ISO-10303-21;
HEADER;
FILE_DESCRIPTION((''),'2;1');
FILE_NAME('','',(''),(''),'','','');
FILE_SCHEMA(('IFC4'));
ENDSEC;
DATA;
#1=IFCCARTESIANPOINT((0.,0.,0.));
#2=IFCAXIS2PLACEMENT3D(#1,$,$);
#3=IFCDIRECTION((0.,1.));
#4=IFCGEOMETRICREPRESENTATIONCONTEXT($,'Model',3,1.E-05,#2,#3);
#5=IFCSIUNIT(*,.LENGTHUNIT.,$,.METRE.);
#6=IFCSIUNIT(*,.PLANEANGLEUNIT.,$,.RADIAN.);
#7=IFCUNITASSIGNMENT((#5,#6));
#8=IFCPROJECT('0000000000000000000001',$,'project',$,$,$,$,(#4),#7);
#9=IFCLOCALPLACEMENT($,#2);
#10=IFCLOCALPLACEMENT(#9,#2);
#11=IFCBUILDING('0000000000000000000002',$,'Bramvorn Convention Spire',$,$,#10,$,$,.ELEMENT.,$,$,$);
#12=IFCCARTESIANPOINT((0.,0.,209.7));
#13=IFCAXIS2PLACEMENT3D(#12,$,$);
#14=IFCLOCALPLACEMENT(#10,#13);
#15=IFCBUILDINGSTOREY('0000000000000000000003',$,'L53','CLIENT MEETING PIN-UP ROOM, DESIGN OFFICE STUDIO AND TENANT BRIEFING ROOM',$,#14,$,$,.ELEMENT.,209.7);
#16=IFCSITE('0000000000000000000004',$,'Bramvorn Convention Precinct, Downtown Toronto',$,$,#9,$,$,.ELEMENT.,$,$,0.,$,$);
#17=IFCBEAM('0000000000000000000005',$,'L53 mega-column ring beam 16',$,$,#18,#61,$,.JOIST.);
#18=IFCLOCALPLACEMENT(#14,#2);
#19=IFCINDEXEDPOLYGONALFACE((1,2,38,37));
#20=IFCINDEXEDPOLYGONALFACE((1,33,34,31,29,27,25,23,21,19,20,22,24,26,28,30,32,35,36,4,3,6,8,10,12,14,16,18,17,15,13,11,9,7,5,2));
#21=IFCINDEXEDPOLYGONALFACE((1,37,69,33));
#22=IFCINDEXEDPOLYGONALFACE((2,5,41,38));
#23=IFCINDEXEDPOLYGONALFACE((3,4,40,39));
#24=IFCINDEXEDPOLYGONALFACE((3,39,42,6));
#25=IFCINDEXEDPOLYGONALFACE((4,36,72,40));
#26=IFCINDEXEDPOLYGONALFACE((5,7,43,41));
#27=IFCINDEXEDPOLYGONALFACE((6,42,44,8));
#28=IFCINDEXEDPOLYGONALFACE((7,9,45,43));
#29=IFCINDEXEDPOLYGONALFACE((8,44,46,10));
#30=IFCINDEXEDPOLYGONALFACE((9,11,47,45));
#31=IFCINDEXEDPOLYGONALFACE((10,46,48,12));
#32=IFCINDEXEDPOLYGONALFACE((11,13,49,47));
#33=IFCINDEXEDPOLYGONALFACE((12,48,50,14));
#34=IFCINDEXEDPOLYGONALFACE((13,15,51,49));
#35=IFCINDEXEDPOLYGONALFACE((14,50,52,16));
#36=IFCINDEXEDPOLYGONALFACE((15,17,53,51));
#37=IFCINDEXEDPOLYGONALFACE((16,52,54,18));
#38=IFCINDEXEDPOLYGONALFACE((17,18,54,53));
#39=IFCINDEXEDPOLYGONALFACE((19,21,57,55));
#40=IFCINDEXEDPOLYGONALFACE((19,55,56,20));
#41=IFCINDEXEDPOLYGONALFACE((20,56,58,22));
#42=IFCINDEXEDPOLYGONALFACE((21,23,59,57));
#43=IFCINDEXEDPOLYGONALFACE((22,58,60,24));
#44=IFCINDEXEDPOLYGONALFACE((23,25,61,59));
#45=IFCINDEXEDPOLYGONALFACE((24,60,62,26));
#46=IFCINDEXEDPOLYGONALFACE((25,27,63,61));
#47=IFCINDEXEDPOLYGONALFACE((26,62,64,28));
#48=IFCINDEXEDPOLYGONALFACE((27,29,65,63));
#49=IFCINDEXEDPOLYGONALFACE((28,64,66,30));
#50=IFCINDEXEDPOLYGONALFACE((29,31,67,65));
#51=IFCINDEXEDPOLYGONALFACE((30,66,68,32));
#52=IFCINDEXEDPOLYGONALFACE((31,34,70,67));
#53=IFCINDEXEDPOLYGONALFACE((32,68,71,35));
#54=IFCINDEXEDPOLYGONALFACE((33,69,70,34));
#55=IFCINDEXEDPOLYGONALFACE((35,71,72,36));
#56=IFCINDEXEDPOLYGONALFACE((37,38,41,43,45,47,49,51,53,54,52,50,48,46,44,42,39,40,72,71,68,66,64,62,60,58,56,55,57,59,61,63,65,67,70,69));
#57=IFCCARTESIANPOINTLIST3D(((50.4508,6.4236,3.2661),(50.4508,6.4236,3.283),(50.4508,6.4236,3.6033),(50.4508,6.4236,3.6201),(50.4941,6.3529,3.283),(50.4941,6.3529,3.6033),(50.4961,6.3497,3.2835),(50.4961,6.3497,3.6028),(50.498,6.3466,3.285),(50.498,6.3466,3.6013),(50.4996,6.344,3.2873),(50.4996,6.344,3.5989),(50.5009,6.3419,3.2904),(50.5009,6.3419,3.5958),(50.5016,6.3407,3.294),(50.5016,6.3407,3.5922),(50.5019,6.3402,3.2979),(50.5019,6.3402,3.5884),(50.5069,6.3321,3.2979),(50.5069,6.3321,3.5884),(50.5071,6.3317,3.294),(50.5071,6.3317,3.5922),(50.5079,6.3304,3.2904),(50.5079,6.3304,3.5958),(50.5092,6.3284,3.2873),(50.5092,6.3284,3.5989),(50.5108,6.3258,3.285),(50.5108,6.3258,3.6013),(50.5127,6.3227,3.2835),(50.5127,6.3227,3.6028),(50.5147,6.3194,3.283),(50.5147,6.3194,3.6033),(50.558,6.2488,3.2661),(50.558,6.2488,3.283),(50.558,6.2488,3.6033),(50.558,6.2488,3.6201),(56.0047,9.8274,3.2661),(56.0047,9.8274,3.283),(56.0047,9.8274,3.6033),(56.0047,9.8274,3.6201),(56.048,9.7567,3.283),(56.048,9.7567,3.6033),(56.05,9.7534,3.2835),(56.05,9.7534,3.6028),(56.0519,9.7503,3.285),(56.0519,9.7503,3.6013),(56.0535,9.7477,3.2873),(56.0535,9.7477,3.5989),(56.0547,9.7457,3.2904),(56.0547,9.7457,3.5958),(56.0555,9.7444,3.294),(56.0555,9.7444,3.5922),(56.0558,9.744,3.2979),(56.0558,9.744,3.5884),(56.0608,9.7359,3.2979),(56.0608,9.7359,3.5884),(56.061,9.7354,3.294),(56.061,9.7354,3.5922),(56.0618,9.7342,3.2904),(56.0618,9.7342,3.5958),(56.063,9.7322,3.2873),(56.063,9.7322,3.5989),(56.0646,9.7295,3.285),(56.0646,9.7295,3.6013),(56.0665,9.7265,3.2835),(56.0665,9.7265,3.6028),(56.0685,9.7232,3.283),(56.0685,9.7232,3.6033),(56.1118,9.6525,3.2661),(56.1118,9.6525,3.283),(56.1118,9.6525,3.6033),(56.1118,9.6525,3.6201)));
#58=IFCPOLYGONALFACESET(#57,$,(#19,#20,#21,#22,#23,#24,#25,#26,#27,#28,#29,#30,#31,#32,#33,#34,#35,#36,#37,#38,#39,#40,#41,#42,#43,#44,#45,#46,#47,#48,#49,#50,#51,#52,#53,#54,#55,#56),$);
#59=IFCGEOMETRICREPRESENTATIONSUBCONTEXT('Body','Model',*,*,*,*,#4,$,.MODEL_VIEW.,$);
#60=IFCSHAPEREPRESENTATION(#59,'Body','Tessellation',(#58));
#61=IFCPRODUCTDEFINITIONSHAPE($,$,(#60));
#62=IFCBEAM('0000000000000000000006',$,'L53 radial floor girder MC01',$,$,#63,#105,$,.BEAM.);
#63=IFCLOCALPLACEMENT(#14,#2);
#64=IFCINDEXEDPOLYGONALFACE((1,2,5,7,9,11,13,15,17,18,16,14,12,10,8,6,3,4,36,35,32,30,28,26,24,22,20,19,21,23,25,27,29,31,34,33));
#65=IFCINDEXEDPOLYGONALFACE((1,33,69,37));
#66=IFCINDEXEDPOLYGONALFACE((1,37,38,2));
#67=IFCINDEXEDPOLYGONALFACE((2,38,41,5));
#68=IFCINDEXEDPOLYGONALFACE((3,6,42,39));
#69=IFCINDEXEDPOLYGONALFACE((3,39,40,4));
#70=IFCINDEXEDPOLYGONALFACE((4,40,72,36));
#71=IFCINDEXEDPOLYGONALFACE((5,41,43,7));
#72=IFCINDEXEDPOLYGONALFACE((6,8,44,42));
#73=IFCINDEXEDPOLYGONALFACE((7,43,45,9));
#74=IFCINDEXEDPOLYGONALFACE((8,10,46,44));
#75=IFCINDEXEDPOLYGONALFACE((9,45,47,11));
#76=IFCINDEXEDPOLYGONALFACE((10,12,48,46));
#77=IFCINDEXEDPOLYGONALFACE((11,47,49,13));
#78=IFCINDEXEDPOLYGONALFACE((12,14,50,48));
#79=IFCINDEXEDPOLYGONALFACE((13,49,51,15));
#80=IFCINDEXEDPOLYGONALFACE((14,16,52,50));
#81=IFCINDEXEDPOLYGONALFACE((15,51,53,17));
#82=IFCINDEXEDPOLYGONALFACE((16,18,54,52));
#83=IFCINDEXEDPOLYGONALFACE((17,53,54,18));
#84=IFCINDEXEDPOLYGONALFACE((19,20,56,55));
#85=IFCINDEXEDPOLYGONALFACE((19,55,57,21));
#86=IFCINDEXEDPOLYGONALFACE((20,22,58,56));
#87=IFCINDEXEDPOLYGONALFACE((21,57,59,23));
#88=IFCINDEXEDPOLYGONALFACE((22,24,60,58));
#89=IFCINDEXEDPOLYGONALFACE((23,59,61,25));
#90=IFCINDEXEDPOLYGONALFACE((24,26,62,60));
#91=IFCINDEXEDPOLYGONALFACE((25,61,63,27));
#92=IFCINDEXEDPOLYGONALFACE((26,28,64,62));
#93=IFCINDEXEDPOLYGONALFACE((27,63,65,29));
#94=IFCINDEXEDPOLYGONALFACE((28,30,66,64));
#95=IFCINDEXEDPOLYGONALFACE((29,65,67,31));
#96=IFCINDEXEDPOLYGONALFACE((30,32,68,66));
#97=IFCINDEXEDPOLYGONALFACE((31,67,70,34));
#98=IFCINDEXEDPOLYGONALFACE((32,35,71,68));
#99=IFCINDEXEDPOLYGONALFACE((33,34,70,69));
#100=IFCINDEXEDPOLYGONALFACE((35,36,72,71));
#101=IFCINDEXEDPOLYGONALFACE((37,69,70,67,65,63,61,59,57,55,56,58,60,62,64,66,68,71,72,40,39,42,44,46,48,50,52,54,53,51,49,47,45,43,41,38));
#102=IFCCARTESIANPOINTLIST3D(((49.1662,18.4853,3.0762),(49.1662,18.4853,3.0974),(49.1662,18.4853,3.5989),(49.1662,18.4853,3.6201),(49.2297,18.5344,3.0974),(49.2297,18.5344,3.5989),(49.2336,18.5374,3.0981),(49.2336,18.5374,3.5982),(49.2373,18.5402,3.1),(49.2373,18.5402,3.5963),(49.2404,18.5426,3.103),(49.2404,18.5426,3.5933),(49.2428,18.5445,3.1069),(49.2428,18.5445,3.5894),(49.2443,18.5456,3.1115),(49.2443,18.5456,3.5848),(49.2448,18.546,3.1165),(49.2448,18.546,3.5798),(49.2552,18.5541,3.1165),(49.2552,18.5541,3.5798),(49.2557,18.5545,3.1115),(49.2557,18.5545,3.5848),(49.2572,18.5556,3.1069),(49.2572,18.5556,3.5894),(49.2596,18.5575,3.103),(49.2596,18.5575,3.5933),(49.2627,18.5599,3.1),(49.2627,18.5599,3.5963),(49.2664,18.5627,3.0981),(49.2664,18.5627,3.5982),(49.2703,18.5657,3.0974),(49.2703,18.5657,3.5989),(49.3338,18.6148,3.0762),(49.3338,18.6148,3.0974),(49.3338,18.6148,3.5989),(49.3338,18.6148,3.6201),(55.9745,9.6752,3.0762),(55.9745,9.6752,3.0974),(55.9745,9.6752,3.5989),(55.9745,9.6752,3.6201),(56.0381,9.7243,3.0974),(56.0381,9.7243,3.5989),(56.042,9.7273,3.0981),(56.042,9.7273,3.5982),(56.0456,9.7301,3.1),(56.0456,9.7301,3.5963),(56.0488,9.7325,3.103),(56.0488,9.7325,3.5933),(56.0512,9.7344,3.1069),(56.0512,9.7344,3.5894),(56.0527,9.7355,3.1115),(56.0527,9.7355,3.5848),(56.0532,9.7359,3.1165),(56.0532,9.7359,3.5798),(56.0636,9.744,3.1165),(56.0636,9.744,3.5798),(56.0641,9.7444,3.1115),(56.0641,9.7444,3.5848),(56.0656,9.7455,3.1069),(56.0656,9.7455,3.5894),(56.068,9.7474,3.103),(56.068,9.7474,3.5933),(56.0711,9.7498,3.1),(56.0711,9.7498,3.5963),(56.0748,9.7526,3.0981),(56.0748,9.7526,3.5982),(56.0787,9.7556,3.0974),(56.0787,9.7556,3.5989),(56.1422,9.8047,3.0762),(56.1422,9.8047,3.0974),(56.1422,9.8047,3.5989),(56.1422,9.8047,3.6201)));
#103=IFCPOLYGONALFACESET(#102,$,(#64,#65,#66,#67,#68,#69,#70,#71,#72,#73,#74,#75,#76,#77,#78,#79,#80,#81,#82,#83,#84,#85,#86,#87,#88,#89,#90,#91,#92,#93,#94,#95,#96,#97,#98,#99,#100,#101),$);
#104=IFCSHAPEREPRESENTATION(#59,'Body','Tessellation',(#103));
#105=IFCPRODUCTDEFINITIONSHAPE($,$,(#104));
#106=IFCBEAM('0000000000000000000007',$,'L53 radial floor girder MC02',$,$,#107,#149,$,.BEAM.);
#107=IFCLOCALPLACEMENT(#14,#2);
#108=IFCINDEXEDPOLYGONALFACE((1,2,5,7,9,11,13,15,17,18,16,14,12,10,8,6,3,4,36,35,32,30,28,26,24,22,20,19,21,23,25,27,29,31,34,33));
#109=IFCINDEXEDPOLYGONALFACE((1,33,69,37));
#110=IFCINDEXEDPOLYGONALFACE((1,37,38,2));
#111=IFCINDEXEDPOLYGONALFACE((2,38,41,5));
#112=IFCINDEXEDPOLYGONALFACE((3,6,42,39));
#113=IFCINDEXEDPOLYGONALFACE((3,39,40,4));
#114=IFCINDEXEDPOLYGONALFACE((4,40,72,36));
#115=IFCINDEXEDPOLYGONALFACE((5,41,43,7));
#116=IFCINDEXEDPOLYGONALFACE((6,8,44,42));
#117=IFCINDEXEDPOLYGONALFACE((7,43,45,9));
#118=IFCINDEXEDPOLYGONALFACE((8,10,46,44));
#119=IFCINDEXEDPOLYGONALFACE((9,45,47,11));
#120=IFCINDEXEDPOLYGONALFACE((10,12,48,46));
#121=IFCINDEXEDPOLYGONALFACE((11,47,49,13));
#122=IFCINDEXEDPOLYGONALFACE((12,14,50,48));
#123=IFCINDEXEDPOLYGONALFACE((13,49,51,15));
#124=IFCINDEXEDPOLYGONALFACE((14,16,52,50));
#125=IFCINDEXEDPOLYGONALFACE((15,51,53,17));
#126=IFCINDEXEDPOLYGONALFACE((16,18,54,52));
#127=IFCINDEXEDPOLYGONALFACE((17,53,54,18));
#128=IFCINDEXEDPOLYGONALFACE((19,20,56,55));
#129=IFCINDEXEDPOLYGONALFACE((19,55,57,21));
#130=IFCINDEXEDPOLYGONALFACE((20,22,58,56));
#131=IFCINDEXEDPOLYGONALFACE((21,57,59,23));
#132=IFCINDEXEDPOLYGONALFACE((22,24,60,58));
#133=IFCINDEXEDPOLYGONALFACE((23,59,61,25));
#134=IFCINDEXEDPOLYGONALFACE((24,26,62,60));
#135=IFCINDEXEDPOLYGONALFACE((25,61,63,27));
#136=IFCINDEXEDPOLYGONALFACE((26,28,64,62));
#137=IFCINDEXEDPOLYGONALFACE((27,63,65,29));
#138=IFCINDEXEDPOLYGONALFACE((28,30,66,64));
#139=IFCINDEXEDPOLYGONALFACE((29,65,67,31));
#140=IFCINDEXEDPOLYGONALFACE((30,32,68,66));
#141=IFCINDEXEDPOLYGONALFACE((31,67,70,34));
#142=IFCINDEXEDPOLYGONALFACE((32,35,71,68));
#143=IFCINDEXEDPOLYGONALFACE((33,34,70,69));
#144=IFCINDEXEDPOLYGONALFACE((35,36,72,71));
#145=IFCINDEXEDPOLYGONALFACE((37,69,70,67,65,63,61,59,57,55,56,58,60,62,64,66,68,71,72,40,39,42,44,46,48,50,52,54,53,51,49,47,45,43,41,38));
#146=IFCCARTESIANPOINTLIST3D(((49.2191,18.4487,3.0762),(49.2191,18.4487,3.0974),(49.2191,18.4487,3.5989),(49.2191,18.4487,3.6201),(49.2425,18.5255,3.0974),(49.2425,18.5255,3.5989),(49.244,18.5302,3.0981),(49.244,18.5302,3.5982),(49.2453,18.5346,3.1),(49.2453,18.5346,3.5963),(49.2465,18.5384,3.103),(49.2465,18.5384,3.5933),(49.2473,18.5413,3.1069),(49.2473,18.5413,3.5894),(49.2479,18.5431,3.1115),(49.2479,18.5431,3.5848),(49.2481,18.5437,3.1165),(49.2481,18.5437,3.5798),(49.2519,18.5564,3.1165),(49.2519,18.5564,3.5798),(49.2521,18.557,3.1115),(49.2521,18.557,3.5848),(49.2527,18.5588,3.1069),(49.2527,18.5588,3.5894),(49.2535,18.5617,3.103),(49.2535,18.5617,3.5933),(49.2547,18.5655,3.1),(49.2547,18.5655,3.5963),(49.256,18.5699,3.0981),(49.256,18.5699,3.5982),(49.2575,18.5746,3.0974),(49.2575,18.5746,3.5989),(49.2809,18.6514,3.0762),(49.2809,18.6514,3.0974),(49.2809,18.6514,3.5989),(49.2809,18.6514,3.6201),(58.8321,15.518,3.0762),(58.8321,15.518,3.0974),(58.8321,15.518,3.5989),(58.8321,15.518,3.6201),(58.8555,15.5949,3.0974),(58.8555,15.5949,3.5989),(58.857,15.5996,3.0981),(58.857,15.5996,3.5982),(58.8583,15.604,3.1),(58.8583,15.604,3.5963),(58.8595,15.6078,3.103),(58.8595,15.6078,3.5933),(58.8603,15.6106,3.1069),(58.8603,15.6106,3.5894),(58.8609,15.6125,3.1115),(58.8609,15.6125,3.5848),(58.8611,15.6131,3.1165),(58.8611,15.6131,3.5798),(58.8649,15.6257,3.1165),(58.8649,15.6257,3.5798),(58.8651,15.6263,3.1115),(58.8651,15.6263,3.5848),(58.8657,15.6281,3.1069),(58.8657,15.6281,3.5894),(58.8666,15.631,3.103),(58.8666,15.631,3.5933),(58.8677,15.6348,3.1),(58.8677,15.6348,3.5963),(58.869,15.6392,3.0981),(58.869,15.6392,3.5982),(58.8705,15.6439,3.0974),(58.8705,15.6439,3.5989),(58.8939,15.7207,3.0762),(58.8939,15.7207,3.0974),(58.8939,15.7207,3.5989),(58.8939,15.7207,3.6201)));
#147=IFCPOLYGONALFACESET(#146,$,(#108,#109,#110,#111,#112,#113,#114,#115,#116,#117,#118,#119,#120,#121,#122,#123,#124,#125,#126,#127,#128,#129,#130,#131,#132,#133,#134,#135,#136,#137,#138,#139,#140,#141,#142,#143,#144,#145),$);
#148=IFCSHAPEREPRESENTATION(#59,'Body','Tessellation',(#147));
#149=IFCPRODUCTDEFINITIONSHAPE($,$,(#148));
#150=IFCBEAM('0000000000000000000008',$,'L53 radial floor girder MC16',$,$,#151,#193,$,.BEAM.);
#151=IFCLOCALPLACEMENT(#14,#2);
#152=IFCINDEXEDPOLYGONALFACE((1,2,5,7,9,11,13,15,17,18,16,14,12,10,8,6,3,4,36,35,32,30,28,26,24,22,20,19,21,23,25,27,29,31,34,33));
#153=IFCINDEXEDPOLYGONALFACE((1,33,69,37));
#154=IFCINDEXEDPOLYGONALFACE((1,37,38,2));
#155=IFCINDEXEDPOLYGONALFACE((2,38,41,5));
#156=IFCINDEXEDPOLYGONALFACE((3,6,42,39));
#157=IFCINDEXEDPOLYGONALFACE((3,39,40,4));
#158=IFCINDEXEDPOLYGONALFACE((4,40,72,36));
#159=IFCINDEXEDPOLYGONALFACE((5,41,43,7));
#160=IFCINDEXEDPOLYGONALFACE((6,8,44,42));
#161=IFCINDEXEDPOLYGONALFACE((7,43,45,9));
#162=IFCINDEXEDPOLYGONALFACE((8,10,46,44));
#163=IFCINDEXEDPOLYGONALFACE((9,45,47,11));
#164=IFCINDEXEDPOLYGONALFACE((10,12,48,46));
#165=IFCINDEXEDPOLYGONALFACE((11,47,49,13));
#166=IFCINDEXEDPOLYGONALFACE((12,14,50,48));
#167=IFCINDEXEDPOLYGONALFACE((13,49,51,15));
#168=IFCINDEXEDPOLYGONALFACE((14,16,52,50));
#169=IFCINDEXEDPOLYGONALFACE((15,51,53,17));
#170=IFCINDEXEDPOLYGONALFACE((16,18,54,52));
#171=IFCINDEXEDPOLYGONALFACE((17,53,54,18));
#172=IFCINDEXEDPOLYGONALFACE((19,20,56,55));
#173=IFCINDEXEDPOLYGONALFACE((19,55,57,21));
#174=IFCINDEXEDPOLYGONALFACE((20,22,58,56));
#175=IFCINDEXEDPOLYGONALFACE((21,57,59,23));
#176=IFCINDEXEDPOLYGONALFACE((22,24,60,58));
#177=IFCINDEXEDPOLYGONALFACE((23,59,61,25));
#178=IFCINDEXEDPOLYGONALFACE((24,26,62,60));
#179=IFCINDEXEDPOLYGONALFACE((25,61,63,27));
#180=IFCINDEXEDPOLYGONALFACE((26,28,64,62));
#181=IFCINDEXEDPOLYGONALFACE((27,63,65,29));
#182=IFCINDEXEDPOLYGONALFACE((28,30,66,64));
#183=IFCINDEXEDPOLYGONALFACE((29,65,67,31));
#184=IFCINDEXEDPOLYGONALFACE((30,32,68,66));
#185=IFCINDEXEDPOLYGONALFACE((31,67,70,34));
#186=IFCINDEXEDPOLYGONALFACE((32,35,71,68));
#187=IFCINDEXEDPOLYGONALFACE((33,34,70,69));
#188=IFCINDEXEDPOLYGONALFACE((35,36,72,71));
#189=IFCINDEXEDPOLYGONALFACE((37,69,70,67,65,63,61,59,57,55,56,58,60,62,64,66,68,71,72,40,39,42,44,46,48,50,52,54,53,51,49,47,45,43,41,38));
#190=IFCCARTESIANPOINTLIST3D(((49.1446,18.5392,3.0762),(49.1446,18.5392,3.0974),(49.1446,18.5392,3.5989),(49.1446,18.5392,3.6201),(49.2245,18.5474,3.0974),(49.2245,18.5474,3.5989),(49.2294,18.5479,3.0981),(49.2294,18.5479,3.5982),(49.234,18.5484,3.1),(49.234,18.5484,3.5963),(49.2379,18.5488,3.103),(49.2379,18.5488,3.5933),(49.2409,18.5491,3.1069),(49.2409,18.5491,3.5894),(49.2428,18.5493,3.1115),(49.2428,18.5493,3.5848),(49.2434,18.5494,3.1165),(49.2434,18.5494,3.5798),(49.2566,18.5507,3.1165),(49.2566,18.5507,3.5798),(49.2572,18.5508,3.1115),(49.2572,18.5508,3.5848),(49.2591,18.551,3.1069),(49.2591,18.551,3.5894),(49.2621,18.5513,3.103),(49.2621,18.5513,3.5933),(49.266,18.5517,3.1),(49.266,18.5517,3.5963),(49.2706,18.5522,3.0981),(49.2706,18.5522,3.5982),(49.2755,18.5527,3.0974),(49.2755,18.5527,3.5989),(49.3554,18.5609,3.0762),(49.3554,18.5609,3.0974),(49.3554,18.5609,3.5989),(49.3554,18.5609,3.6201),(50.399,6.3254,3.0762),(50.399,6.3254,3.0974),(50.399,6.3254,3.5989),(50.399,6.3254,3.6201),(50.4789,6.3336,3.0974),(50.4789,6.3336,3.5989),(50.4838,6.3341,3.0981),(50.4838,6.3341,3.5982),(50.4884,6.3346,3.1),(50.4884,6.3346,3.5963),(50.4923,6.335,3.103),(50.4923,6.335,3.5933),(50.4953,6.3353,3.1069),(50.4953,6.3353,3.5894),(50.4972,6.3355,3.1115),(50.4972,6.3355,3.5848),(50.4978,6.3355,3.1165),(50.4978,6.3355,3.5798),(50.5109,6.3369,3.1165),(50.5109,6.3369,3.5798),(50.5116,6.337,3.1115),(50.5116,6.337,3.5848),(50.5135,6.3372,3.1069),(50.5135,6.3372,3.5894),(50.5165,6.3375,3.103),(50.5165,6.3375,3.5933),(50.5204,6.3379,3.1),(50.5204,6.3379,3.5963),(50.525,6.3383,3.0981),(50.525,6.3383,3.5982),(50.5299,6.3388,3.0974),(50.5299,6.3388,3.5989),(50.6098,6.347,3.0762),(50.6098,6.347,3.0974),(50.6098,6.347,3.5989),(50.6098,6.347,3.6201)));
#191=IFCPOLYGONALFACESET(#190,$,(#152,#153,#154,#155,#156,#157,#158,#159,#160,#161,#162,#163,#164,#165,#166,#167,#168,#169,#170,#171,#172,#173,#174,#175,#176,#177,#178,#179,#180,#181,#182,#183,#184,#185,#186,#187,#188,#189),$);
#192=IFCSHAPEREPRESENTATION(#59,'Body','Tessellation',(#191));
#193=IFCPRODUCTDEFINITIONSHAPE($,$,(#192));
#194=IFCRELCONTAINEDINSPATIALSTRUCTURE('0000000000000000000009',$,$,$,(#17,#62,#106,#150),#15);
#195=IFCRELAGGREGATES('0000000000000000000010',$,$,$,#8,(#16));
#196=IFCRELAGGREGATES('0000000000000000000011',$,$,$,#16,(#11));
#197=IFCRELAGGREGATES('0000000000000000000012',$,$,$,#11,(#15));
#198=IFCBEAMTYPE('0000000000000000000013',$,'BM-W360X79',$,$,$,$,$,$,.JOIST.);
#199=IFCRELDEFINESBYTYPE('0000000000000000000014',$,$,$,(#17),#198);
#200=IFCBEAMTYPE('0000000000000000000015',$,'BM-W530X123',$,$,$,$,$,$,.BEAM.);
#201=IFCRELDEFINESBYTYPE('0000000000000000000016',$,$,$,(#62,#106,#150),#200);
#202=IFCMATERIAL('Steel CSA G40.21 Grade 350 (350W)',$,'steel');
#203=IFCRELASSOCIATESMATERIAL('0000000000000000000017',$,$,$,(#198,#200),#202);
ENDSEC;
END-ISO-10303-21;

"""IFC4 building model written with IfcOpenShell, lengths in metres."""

from ifc_helpers import new_model, si_unit, direction, frame, origin, origin_2d, place, context, subcontext, project, spatial, i_section, extrude, material, material_profile, profile_set, type_object, element, save


model = new_model("IFC4")

# Units and contexts
model_context = context("Model", 3, precision=1e-05, world=origin(), true_north=direction((0.0, 1.0)))
body_context = subcontext(model_context, "Body", "Model", "MODEL_VIEW")
ifc_project = project(units=[si_unit("LENGTHUNIT", "METRE"), si_unit("PLANEANGLEUNIT", "RADIAN")], contexts=[model_context])

# Site, building, storey
site_placement = place(None, origin())
site = spatial("IfcSite", under=ifc_project, at=site_placement, Name="Bramvorn Convention Precinct, Downtown Toronto", CompositionType="ELEMENT", RefElevation=0.0)
building_placement = place(site_placement, origin())
building = spatial("IfcBuilding", under=site, at=building_placement, Name="Bramvorn Convention Spire", CompositionType="ELEMENT")
storey_placement = place(building_placement, frame((0.0, 0.0, 209.7)))
storey = spatial("IfcBuildingStorey", under=building, at=storey_placement, Name="L53", Description="CLIENT MEETING PIN-UP ROOM, DESIGN OFFICE STUDIO AND TENANT BRIEFING ROOM", CompositionType="ELEMENT", Elevation=209.7)

# Shared definitions
ifc_material_1 = material(Name="Steel CSA G40.21 Grade 350 (350W)", Category="steel")

# Beams
ifc_material_profile_1 = material_profile(ifc_material_1, i_section(OverallWidth=0.2051, OverallDepth=0.354, WebThickness=0.0095, FlangeThickness=0.0168, FilletRadius=0.0149, at=origin_2d()))
ifc_profile_set_1 = profile_set([ifc_material_profile_1], Name="Steel CSA G40.21 Grade 350 (350W) - W360X79")
beam_type_1 = type_object("IfcBeamType", Name="BM-W360X79", PredefinedType="JOIST", material=ifc_profile_set_1)
beam_1_placement = place(storey_placement, frame((50.5044, 6.3362, 3.4431), z_axis=(0.852617, 0.522537, 0.0), x_axis=(-0.522537, 0.852617, 0.0)))
element("IfcBeam", 1, at=beam_1_placement, inside=storey, type_object=beam_type_1, Name="L53 mega-column ring beam 16", PredefinedType="JOIST", context=body_context, shape_type="SweptSolid", body=[
    extrude(i_section(OverallWidth=0.2051, OverallDepth=0.354, WebThickness=0.0095, FlangeThickness=0.0168, FilletRadius=0.0149, at=origin_2d()), origin(), (0.0, 0.0, 1.0), 6.5139),
])
ifc_material_profile_2 = material_profile(ifc_material_1, i_section(OverallWidth=0.2119, OverallDepth=0.5439, WebThickness=0.0132, FlangeThickness=0.0212, FilletRadius=0.019, at=origin_2d()))
ifc_profile_set_2 = profile_set([ifc_material_profile_2], Name="Steel CSA G40.21 Grade 350 (350W) - W530X123")
beam_type_2 = type_object("IfcBeamType", Name="BM-W530X123", PredefinedType="BEAM", material=ifc_profile_set_2)
beam_2_placement = place(storey_placement, frame((49.25, 18.55, 3.3481), z_axis=(0.61148, -0.79126, 0.0), x_axis=(0.79126, 0.61148, 0.0)))
element("IfcBeam", 2, at=beam_2_placement, inside=storey, type_object=beam_type_2, Name="L53 radial floor girder MC01", PredefinedType="BEAM", context=body_context, shape_type="SweptSolid", body=[
    extrude(i_section(OverallWidth=0.2119, OverallDepth=0.5439, WebThickness=0.0132, FlangeThickness=0.0212, FilletRadius=0.019, at=origin_2d()), origin(), (0.0, 0.0, 1.0), 11.1343),
])
beam_3_placement = place(storey_placement, frame((49.25, 18.55, 3.3481), z_axis=(0.956536, -0.291613, 0.0), x_axis=(0.291613, 0.956536, 0.0)))
element("IfcBeam", 3, at=beam_3_placement, inside=storey, type_object=beam_type_2, Name="L53 radial floor girder MC02", PredefinedType="BEAM", context=body_context, shape_type="SweptSolid", body=[
    extrude(i_section(OverallWidth=0.2119, OverallDepth=0.5439, WebThickness=0.0132, FlangeThickness=0.0212, FilletRadius=0.019, at=origin_2d()), origin(), (0.0, 0.0, 1.0), 10.0498),
])
beam_4_placement = place(storey_placement, frame((49.25, 18.55, 3.3481), z_axis=(0.102165, -0.994767, 0.0), x_axis=(0.994767, 0.102165, 0.0)))
element("IfcBeam", 4, at=beam_4_placement, inside=storey, type_object=beam_type_2, Name="L53 radial floor girder MC16", PredefinedType="BEAM", context=body_context, shape_type="SweptSolid", body=[
    extrude(i_section(OverallWidth=0.2119, OverallDepth=0.5439, WebThickness=0.0132, FlangeThickness=0.0212, FilletRadius=0.019, at=origin_2d()), origin(), (0.0, 0.0, 1.0), 12.2781),
])

save(model, "model.ifc")
